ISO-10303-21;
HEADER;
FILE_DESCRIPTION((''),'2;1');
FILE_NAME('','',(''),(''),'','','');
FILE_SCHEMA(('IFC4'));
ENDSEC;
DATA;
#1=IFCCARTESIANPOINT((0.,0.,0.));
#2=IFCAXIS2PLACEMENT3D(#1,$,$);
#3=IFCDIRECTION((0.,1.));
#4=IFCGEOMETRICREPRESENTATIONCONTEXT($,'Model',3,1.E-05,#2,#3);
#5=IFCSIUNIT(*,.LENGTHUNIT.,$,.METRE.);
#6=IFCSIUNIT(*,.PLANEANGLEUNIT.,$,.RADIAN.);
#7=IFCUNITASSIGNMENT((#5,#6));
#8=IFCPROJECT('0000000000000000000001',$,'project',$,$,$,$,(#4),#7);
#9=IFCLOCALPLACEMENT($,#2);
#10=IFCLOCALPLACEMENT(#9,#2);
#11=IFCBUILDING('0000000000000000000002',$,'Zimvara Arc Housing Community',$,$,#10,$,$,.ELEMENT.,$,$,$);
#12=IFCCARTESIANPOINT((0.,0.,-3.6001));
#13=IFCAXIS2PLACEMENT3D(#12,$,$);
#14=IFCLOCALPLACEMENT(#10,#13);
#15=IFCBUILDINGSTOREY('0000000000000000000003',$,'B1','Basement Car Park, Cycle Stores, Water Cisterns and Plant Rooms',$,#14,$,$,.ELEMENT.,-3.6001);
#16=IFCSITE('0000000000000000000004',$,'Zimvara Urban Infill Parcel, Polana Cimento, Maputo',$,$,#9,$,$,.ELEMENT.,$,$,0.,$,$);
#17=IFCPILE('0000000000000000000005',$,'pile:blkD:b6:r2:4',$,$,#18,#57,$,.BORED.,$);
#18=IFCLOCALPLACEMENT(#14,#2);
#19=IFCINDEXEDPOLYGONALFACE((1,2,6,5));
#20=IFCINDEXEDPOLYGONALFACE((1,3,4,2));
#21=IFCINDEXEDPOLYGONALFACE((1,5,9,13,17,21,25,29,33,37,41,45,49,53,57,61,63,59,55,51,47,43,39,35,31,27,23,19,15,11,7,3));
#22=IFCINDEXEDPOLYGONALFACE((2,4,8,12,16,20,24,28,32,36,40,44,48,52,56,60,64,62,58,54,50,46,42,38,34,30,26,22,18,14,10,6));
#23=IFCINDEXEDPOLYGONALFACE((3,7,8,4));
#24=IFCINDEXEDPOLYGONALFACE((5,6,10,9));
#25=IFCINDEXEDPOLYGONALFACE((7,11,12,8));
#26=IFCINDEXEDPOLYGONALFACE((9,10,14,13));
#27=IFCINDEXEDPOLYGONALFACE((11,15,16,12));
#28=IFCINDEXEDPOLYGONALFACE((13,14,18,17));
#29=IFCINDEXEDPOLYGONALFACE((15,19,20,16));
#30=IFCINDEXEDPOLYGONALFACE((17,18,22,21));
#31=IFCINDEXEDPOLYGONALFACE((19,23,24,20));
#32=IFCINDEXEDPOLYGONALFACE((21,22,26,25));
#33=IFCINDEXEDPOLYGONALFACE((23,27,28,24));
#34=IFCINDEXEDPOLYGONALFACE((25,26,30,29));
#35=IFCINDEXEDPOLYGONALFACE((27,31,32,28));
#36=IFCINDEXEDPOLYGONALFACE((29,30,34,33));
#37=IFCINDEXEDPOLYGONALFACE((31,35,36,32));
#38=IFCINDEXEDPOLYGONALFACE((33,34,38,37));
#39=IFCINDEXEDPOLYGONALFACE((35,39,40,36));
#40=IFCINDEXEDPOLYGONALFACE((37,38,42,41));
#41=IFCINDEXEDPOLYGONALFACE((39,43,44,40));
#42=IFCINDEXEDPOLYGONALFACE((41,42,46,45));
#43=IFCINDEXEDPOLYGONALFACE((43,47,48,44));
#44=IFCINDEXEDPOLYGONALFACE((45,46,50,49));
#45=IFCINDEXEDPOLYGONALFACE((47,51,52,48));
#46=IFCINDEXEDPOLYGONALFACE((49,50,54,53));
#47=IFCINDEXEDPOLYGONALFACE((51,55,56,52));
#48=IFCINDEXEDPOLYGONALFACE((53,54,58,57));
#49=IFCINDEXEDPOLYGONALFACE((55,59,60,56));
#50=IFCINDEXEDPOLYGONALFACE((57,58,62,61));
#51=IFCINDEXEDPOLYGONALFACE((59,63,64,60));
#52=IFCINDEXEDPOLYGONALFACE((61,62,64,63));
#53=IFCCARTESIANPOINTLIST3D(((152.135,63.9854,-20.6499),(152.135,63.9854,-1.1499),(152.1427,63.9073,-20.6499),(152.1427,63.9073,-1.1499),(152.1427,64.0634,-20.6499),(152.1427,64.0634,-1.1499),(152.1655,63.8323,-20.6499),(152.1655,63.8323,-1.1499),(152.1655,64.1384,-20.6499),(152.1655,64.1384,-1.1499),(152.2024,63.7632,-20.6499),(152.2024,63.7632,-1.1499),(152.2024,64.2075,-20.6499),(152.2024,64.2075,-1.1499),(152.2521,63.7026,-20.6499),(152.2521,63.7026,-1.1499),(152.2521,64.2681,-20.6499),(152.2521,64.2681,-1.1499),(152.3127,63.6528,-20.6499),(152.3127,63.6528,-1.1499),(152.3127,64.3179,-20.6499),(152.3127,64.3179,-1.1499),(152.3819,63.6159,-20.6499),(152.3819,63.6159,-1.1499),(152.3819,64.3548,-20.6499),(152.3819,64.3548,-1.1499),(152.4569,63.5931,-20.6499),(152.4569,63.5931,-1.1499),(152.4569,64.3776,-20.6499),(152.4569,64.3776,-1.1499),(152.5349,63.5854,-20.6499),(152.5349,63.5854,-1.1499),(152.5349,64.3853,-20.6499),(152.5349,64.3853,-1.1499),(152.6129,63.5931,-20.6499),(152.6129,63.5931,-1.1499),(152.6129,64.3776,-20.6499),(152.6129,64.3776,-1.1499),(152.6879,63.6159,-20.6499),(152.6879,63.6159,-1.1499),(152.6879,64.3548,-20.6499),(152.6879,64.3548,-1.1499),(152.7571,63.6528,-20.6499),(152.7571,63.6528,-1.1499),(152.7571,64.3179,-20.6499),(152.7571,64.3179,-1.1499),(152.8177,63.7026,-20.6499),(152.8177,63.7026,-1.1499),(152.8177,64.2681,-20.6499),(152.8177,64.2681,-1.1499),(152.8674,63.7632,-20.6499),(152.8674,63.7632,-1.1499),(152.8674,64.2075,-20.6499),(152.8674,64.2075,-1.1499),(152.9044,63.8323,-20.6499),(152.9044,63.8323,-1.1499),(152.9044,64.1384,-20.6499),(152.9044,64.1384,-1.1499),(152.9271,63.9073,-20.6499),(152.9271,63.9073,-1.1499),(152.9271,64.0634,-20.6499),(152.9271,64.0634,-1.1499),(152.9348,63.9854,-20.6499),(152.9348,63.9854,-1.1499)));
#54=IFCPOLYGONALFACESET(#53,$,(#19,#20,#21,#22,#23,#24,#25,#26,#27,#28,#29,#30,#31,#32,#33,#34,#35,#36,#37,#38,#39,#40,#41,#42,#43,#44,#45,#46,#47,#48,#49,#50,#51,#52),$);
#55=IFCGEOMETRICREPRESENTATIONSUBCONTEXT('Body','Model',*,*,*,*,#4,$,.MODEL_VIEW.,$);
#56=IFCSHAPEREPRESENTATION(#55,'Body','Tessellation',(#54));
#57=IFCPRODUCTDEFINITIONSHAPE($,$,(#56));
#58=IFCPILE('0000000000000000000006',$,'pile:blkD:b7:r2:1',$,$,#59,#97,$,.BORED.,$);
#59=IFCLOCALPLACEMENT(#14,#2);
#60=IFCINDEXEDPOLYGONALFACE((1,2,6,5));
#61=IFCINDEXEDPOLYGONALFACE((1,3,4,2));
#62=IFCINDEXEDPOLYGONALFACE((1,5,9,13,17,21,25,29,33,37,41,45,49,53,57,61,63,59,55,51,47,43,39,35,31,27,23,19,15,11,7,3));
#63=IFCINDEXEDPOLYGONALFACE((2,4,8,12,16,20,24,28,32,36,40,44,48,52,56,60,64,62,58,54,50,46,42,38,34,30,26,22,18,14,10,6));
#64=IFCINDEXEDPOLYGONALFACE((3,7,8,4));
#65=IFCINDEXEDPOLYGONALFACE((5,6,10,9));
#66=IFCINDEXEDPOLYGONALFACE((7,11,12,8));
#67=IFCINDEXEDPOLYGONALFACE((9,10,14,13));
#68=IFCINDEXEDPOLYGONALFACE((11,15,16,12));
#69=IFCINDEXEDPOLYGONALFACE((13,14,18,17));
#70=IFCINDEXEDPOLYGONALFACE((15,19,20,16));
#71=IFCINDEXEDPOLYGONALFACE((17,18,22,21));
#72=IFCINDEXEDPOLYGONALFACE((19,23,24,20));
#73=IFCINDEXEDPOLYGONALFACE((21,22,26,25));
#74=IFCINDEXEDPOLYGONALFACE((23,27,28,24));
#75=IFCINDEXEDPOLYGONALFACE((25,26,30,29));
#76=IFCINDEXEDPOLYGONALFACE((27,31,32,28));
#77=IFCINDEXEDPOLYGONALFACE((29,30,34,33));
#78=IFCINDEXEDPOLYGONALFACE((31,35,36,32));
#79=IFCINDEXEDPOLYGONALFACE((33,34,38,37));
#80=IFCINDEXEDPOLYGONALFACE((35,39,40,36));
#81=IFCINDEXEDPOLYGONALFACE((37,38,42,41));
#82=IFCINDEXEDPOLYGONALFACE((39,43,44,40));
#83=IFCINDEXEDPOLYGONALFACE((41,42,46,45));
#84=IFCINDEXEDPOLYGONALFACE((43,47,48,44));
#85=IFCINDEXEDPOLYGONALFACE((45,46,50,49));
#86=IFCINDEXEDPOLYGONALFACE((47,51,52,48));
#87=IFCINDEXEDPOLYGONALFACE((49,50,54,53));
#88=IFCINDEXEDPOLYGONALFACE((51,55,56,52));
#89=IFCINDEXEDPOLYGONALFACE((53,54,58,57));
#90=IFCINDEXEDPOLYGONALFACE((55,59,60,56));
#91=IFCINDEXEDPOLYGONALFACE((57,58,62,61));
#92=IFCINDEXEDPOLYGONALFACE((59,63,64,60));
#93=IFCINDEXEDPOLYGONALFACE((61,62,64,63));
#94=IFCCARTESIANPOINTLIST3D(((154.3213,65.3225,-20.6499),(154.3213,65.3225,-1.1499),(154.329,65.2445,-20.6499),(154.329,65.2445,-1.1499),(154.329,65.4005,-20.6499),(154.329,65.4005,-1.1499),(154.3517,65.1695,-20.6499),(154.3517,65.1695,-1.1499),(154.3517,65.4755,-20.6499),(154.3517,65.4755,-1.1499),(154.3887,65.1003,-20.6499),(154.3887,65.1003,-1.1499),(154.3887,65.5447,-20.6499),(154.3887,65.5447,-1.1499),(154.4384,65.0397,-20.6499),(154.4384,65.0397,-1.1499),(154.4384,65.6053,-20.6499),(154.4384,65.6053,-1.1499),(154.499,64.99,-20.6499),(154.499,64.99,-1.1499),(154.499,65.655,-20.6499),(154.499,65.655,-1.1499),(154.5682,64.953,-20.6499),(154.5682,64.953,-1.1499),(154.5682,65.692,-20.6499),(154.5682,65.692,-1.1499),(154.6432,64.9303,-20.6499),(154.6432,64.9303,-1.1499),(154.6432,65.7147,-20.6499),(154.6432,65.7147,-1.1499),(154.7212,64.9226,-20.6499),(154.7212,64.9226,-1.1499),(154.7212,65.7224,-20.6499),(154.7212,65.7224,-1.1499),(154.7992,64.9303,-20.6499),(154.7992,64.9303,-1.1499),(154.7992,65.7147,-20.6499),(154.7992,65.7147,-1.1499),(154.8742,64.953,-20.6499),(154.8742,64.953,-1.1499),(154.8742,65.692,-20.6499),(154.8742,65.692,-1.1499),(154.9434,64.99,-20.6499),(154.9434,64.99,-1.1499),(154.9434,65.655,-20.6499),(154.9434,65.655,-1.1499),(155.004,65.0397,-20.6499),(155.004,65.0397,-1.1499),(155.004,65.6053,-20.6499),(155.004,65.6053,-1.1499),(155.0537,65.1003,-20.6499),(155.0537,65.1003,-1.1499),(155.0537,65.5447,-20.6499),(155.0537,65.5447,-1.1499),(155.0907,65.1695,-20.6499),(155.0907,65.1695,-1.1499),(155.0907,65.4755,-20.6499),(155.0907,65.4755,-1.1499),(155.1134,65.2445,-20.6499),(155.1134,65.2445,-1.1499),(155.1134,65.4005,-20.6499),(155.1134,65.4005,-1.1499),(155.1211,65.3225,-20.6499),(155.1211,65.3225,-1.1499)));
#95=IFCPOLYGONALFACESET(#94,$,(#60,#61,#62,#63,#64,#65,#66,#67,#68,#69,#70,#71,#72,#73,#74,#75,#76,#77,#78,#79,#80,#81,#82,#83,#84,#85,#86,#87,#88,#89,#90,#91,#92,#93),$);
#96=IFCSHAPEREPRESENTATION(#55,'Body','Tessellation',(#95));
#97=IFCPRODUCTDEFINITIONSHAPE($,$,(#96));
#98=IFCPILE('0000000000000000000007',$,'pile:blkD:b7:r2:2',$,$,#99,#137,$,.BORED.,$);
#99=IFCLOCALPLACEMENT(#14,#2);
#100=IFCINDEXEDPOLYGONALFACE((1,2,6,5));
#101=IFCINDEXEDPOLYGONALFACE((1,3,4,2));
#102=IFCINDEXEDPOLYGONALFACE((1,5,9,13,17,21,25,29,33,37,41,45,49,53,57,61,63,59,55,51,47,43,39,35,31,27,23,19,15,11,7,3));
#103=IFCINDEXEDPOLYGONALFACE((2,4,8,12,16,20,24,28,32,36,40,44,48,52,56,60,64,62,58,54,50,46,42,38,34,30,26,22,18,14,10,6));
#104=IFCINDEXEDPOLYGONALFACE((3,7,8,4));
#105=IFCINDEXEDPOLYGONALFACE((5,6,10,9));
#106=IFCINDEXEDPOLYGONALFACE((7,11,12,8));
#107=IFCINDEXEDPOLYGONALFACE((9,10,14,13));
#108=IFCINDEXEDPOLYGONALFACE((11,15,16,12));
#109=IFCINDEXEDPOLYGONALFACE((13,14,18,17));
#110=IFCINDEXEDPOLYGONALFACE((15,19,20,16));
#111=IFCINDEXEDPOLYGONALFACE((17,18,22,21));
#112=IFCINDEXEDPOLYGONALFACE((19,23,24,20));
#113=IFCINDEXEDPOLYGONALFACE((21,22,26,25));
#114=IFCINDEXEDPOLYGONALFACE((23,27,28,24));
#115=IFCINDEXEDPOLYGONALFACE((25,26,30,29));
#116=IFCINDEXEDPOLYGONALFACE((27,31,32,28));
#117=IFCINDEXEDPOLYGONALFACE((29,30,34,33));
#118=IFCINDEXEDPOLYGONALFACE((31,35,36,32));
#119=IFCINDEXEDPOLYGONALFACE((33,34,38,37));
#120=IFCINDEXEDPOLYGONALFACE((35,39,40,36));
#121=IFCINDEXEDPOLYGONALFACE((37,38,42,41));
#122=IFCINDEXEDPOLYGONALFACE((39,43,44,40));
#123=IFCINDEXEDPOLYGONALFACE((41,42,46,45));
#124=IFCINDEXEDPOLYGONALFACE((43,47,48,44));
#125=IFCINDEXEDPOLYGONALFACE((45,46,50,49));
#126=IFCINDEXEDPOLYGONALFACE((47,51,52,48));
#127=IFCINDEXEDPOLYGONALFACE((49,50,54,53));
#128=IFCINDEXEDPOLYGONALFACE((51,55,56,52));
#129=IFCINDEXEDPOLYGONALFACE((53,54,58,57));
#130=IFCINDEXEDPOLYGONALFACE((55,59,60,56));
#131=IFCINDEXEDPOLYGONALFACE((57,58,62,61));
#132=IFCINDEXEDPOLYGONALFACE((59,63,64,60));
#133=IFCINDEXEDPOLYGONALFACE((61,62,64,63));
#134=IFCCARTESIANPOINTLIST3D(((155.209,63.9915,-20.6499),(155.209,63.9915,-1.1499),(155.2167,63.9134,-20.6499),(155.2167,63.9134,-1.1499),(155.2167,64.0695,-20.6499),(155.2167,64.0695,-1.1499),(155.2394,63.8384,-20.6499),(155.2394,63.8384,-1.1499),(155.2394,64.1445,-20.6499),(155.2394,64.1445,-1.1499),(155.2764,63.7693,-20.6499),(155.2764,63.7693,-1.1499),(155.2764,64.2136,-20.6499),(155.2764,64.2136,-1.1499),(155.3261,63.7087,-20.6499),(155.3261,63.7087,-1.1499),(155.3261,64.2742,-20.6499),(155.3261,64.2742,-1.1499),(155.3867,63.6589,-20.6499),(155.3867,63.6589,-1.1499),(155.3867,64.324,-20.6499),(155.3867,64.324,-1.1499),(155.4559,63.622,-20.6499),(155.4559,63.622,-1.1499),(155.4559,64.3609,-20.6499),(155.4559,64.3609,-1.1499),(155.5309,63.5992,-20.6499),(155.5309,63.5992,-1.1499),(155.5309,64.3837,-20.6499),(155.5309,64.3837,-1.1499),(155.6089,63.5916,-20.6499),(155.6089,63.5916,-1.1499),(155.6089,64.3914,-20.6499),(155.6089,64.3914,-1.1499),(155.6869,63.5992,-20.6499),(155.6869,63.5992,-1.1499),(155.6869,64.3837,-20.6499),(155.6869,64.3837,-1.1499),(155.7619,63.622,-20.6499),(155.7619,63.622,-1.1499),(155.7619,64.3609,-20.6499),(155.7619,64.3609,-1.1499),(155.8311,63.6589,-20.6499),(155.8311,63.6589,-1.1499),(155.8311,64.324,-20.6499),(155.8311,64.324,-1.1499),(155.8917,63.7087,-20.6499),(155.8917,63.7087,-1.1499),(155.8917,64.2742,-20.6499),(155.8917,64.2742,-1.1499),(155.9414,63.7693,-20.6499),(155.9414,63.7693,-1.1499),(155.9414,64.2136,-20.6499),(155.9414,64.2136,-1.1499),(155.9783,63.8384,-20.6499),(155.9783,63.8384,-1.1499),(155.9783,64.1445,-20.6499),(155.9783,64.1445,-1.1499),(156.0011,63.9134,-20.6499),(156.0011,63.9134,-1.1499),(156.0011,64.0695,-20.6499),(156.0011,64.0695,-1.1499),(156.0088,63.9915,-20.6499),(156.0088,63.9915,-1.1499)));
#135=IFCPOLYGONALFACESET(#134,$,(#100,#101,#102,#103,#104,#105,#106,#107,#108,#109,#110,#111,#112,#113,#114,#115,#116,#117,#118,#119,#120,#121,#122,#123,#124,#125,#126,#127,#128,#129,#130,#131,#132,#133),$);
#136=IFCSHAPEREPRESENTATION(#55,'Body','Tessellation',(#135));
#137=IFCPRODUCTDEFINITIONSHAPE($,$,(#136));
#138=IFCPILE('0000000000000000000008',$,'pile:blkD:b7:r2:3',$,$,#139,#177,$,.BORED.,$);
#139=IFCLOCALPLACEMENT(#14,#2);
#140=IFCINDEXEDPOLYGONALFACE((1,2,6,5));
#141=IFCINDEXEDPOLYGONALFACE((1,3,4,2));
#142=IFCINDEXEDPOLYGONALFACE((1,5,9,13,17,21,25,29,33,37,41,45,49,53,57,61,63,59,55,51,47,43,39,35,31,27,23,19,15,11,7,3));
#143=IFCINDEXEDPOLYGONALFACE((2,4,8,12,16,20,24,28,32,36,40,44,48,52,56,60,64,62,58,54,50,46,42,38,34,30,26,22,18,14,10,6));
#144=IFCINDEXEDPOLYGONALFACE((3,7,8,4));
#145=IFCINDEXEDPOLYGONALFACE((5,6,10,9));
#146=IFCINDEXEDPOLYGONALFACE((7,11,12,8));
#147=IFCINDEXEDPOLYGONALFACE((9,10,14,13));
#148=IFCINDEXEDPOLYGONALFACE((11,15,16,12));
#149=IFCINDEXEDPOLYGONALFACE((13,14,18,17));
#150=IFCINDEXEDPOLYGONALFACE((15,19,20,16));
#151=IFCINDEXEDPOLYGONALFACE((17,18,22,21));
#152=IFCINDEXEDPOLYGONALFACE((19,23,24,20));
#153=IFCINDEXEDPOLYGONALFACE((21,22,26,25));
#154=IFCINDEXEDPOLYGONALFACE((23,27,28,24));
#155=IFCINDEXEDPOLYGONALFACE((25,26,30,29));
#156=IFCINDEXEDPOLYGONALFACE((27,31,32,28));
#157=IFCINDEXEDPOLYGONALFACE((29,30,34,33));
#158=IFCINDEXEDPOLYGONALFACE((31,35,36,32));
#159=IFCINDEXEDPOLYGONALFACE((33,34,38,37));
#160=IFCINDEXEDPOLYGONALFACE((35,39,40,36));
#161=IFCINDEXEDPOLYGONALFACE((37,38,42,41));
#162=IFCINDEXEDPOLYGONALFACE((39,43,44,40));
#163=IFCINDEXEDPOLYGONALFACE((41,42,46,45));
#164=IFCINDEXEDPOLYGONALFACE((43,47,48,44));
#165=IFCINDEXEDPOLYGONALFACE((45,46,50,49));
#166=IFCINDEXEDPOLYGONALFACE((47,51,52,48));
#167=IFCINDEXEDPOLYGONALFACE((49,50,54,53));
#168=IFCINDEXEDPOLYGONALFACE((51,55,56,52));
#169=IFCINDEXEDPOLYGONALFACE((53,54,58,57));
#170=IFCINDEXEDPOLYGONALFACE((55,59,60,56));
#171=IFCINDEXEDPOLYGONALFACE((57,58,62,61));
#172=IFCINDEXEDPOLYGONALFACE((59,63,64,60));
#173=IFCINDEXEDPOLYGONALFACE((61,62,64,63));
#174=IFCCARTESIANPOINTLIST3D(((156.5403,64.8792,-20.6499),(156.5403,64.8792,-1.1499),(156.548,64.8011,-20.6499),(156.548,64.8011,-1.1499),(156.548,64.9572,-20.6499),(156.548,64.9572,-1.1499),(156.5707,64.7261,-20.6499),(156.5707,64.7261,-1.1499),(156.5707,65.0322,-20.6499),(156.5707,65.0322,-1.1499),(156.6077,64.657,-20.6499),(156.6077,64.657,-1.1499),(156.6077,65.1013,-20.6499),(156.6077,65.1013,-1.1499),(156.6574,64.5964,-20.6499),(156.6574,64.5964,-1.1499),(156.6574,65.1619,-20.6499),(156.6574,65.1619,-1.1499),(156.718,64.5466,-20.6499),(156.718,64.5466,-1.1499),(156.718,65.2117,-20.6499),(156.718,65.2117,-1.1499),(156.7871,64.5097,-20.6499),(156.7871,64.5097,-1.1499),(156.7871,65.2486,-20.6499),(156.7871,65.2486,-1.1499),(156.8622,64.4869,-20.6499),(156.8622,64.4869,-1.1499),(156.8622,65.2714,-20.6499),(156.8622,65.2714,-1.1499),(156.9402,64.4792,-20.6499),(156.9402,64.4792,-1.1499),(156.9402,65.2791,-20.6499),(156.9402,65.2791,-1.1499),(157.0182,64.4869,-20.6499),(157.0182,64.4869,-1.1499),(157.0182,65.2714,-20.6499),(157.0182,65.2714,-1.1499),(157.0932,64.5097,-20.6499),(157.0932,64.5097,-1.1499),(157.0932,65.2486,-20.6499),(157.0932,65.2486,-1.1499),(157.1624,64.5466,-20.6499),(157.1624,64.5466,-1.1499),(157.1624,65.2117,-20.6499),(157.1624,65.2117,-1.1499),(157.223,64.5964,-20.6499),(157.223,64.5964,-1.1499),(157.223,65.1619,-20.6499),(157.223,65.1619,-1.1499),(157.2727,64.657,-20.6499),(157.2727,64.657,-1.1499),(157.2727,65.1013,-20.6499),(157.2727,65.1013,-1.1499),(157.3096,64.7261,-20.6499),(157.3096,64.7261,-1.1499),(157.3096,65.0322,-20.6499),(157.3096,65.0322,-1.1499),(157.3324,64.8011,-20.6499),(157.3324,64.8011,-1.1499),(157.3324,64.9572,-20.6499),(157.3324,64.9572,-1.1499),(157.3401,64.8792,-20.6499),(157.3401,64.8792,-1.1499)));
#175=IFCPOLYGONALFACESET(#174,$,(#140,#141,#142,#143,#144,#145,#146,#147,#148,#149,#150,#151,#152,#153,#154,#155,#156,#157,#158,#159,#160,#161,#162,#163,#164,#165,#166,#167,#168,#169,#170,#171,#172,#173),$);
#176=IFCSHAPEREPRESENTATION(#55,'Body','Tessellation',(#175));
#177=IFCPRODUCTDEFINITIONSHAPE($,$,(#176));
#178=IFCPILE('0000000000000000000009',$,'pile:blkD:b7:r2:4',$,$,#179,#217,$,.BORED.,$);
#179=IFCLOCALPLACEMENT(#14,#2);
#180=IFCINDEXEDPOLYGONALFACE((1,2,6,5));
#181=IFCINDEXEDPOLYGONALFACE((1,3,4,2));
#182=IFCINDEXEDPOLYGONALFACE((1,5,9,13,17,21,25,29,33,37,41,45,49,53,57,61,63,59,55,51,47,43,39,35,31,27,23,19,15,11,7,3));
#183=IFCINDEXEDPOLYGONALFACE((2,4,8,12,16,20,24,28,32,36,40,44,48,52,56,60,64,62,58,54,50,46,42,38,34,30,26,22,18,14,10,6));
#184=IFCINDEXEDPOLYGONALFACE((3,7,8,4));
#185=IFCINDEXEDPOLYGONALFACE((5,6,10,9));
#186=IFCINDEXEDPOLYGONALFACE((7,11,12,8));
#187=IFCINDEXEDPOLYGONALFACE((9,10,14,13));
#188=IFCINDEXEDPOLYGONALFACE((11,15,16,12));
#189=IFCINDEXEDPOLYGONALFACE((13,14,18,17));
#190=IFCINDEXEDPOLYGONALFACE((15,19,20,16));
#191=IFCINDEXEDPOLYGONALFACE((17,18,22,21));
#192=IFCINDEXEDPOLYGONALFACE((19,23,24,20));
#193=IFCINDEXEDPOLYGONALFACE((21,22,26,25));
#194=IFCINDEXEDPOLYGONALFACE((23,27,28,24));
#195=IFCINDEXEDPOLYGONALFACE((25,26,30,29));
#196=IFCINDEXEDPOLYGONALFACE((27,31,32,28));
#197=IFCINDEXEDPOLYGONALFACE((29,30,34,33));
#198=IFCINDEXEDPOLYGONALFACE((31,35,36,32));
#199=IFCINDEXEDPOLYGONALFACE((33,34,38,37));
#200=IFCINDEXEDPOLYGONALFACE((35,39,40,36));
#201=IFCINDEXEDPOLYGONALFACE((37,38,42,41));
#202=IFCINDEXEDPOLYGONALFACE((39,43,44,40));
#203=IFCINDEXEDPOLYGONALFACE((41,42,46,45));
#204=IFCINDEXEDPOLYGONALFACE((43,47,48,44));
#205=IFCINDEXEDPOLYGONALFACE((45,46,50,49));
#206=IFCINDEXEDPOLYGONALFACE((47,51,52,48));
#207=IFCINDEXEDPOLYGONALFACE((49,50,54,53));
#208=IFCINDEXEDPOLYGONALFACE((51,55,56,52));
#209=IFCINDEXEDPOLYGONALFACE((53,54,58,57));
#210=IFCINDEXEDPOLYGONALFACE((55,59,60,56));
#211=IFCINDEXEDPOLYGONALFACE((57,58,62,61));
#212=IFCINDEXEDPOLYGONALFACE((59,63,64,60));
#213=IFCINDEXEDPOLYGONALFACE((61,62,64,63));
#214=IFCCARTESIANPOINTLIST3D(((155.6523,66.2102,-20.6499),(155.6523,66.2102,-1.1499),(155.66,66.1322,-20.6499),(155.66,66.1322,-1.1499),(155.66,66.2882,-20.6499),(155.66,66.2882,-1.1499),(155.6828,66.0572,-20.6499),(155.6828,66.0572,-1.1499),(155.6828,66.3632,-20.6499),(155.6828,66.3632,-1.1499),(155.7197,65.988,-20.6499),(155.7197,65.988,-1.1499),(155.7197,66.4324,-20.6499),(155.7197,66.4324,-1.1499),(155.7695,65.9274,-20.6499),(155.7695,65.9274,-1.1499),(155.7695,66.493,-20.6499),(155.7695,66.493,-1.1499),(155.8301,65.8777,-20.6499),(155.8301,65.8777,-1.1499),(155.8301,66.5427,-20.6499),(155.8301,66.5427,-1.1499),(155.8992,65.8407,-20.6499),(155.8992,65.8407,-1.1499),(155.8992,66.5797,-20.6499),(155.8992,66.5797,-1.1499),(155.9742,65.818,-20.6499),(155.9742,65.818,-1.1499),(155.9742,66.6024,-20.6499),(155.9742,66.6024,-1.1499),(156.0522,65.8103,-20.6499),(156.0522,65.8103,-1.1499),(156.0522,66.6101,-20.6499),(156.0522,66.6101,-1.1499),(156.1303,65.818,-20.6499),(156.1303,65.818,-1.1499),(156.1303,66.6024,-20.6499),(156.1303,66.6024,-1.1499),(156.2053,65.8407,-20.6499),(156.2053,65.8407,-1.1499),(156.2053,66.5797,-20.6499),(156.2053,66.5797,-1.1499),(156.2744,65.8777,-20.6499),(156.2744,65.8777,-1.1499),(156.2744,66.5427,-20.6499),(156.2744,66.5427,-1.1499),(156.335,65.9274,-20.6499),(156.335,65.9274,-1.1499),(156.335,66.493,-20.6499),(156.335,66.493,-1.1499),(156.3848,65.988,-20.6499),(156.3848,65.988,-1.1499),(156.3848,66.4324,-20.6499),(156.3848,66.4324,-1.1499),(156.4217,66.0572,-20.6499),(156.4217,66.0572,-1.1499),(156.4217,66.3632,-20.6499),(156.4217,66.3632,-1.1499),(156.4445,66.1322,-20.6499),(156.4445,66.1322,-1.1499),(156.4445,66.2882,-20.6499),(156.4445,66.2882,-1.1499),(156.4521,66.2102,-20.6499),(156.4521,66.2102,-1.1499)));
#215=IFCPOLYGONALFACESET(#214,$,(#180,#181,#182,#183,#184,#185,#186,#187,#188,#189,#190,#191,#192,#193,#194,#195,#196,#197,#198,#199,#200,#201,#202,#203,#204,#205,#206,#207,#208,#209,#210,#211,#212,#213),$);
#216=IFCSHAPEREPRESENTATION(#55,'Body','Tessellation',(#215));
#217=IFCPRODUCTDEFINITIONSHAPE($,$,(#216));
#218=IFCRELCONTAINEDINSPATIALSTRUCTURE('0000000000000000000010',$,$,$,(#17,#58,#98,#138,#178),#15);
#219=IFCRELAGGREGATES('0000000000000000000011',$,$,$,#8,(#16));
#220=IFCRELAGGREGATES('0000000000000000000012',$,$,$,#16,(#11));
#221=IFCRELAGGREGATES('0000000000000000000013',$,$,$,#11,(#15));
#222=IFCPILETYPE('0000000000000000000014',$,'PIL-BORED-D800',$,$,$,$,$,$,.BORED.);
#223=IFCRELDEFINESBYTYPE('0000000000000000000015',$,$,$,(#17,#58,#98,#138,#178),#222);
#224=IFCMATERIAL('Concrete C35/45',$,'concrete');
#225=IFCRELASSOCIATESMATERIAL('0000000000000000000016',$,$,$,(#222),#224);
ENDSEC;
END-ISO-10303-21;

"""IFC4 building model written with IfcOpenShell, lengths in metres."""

from ifc_helpers import new_model, si_unit, direction, frame, origin, origin_2d, place, context, subcontext, project, spatial, circle, extrude, material, material_profile, profile_set, type_object, element, save


model = new_model("IFC4")

# Units and contexts
model_context = context("Model", 3, precision=1e-05, world=origin(), true_north=direction((0.0, 1.0)))
body_context = subcontext(model_context, "Body", "Model", "MODEL_VIEW")
ifc_project = project(units=[si_unit("LENGTHUNIT", "METRE"), si_unit("PLANEANGLEUNIT", "RADIAN")], contexts=[model_context])

# Site, building, storey
site_placement = place(None, origin())
site = spatial("IfcSite", under=ifc_project, at=site_placement, Name="Zimvara Urban Infill Parcel, Polana Cimento, Maputo", CompositionType="ELEMENT", RefElevation=0.0)
building_placement = place(site_placement, origin())
building = spatial("IfcBuilding", under=site, at=building_placement, Name="Zimvara Arc Housing Community", CompositionType="ELEMENT")
storey_placement = place(building_placement, frame((0.0, 0.0, -3.6001)))
storey = spatial("IfcBuildingStorey", under=building, at=storey_placement, Name="B1", Description="Basement Car Park, Cycle Stores, Water Cisterns and Plant Rooms", CompositionType="ELEMENT", Elevation=-3.6001)

# Piles
ifc_material_1 = material(Name="Concrete C35/45", Category="concrete")
ifc_material_profile_1 = material_profile(ifc_material_1, circle(Radius=0.3999, at=origin_2d()), Name="PILE D800")
ifc_profile_set_1 = profile_set([ifc_material_profile_1], Name="Concrete C35/45")
pile_type_1 = type_object("IfcPileType", Name="PIL-BORED-D800", PredefinedType="BORED", material=ifc_profile_set_1)
for number, where, z_axis, x_axis, name in (
    (1, (152.5349, 63.9854, -1.1499), (0.0, 0.0, -1.0), (1.0, 0.0, 0.0), "pile:blkD:b6:r2:4"),
    (2, (154.7212, 65.3225, -1.1499), (0.0, 0.0, -1.0), (1.0, 0.0, 0.0), "pile:blkD:b7:r2:1"),
    (3, (155.6089, 63.9915, -1.1499), (0.0, 0.0, -1.0), (1.0, 0.0, 0.0), "pile:blkD:b7:r2:2"),
    (4, (156.9402, 64.8792, -1.1499), (0.0, 0.0, -1.0), (1.0, 0.0, 0.0), "pile:blkD:b7:r2:3"),
    (5, (156.0522, 66.2102, -1.1499), (0.0, 0.0, -1.0), (1.0, 0.0, 0.0), "pile:blkD:b7:r2:4"),
):
    element("IfcPile", number, at=place(storey_placement, frame(where, z_axis=z_axis, x_axis=x_axis)), inside=storey, type_object=pile_type_1, Name=name, PredefinedType="BORED", context=body_context, shape_type="SweptSolid", body=[
        extrude(circle(Radius=0.3999, at=origin_2d()), origin(), (0.0, 0.0, 1.0), 19.5),
    ])

save(model, "model.ifc")
